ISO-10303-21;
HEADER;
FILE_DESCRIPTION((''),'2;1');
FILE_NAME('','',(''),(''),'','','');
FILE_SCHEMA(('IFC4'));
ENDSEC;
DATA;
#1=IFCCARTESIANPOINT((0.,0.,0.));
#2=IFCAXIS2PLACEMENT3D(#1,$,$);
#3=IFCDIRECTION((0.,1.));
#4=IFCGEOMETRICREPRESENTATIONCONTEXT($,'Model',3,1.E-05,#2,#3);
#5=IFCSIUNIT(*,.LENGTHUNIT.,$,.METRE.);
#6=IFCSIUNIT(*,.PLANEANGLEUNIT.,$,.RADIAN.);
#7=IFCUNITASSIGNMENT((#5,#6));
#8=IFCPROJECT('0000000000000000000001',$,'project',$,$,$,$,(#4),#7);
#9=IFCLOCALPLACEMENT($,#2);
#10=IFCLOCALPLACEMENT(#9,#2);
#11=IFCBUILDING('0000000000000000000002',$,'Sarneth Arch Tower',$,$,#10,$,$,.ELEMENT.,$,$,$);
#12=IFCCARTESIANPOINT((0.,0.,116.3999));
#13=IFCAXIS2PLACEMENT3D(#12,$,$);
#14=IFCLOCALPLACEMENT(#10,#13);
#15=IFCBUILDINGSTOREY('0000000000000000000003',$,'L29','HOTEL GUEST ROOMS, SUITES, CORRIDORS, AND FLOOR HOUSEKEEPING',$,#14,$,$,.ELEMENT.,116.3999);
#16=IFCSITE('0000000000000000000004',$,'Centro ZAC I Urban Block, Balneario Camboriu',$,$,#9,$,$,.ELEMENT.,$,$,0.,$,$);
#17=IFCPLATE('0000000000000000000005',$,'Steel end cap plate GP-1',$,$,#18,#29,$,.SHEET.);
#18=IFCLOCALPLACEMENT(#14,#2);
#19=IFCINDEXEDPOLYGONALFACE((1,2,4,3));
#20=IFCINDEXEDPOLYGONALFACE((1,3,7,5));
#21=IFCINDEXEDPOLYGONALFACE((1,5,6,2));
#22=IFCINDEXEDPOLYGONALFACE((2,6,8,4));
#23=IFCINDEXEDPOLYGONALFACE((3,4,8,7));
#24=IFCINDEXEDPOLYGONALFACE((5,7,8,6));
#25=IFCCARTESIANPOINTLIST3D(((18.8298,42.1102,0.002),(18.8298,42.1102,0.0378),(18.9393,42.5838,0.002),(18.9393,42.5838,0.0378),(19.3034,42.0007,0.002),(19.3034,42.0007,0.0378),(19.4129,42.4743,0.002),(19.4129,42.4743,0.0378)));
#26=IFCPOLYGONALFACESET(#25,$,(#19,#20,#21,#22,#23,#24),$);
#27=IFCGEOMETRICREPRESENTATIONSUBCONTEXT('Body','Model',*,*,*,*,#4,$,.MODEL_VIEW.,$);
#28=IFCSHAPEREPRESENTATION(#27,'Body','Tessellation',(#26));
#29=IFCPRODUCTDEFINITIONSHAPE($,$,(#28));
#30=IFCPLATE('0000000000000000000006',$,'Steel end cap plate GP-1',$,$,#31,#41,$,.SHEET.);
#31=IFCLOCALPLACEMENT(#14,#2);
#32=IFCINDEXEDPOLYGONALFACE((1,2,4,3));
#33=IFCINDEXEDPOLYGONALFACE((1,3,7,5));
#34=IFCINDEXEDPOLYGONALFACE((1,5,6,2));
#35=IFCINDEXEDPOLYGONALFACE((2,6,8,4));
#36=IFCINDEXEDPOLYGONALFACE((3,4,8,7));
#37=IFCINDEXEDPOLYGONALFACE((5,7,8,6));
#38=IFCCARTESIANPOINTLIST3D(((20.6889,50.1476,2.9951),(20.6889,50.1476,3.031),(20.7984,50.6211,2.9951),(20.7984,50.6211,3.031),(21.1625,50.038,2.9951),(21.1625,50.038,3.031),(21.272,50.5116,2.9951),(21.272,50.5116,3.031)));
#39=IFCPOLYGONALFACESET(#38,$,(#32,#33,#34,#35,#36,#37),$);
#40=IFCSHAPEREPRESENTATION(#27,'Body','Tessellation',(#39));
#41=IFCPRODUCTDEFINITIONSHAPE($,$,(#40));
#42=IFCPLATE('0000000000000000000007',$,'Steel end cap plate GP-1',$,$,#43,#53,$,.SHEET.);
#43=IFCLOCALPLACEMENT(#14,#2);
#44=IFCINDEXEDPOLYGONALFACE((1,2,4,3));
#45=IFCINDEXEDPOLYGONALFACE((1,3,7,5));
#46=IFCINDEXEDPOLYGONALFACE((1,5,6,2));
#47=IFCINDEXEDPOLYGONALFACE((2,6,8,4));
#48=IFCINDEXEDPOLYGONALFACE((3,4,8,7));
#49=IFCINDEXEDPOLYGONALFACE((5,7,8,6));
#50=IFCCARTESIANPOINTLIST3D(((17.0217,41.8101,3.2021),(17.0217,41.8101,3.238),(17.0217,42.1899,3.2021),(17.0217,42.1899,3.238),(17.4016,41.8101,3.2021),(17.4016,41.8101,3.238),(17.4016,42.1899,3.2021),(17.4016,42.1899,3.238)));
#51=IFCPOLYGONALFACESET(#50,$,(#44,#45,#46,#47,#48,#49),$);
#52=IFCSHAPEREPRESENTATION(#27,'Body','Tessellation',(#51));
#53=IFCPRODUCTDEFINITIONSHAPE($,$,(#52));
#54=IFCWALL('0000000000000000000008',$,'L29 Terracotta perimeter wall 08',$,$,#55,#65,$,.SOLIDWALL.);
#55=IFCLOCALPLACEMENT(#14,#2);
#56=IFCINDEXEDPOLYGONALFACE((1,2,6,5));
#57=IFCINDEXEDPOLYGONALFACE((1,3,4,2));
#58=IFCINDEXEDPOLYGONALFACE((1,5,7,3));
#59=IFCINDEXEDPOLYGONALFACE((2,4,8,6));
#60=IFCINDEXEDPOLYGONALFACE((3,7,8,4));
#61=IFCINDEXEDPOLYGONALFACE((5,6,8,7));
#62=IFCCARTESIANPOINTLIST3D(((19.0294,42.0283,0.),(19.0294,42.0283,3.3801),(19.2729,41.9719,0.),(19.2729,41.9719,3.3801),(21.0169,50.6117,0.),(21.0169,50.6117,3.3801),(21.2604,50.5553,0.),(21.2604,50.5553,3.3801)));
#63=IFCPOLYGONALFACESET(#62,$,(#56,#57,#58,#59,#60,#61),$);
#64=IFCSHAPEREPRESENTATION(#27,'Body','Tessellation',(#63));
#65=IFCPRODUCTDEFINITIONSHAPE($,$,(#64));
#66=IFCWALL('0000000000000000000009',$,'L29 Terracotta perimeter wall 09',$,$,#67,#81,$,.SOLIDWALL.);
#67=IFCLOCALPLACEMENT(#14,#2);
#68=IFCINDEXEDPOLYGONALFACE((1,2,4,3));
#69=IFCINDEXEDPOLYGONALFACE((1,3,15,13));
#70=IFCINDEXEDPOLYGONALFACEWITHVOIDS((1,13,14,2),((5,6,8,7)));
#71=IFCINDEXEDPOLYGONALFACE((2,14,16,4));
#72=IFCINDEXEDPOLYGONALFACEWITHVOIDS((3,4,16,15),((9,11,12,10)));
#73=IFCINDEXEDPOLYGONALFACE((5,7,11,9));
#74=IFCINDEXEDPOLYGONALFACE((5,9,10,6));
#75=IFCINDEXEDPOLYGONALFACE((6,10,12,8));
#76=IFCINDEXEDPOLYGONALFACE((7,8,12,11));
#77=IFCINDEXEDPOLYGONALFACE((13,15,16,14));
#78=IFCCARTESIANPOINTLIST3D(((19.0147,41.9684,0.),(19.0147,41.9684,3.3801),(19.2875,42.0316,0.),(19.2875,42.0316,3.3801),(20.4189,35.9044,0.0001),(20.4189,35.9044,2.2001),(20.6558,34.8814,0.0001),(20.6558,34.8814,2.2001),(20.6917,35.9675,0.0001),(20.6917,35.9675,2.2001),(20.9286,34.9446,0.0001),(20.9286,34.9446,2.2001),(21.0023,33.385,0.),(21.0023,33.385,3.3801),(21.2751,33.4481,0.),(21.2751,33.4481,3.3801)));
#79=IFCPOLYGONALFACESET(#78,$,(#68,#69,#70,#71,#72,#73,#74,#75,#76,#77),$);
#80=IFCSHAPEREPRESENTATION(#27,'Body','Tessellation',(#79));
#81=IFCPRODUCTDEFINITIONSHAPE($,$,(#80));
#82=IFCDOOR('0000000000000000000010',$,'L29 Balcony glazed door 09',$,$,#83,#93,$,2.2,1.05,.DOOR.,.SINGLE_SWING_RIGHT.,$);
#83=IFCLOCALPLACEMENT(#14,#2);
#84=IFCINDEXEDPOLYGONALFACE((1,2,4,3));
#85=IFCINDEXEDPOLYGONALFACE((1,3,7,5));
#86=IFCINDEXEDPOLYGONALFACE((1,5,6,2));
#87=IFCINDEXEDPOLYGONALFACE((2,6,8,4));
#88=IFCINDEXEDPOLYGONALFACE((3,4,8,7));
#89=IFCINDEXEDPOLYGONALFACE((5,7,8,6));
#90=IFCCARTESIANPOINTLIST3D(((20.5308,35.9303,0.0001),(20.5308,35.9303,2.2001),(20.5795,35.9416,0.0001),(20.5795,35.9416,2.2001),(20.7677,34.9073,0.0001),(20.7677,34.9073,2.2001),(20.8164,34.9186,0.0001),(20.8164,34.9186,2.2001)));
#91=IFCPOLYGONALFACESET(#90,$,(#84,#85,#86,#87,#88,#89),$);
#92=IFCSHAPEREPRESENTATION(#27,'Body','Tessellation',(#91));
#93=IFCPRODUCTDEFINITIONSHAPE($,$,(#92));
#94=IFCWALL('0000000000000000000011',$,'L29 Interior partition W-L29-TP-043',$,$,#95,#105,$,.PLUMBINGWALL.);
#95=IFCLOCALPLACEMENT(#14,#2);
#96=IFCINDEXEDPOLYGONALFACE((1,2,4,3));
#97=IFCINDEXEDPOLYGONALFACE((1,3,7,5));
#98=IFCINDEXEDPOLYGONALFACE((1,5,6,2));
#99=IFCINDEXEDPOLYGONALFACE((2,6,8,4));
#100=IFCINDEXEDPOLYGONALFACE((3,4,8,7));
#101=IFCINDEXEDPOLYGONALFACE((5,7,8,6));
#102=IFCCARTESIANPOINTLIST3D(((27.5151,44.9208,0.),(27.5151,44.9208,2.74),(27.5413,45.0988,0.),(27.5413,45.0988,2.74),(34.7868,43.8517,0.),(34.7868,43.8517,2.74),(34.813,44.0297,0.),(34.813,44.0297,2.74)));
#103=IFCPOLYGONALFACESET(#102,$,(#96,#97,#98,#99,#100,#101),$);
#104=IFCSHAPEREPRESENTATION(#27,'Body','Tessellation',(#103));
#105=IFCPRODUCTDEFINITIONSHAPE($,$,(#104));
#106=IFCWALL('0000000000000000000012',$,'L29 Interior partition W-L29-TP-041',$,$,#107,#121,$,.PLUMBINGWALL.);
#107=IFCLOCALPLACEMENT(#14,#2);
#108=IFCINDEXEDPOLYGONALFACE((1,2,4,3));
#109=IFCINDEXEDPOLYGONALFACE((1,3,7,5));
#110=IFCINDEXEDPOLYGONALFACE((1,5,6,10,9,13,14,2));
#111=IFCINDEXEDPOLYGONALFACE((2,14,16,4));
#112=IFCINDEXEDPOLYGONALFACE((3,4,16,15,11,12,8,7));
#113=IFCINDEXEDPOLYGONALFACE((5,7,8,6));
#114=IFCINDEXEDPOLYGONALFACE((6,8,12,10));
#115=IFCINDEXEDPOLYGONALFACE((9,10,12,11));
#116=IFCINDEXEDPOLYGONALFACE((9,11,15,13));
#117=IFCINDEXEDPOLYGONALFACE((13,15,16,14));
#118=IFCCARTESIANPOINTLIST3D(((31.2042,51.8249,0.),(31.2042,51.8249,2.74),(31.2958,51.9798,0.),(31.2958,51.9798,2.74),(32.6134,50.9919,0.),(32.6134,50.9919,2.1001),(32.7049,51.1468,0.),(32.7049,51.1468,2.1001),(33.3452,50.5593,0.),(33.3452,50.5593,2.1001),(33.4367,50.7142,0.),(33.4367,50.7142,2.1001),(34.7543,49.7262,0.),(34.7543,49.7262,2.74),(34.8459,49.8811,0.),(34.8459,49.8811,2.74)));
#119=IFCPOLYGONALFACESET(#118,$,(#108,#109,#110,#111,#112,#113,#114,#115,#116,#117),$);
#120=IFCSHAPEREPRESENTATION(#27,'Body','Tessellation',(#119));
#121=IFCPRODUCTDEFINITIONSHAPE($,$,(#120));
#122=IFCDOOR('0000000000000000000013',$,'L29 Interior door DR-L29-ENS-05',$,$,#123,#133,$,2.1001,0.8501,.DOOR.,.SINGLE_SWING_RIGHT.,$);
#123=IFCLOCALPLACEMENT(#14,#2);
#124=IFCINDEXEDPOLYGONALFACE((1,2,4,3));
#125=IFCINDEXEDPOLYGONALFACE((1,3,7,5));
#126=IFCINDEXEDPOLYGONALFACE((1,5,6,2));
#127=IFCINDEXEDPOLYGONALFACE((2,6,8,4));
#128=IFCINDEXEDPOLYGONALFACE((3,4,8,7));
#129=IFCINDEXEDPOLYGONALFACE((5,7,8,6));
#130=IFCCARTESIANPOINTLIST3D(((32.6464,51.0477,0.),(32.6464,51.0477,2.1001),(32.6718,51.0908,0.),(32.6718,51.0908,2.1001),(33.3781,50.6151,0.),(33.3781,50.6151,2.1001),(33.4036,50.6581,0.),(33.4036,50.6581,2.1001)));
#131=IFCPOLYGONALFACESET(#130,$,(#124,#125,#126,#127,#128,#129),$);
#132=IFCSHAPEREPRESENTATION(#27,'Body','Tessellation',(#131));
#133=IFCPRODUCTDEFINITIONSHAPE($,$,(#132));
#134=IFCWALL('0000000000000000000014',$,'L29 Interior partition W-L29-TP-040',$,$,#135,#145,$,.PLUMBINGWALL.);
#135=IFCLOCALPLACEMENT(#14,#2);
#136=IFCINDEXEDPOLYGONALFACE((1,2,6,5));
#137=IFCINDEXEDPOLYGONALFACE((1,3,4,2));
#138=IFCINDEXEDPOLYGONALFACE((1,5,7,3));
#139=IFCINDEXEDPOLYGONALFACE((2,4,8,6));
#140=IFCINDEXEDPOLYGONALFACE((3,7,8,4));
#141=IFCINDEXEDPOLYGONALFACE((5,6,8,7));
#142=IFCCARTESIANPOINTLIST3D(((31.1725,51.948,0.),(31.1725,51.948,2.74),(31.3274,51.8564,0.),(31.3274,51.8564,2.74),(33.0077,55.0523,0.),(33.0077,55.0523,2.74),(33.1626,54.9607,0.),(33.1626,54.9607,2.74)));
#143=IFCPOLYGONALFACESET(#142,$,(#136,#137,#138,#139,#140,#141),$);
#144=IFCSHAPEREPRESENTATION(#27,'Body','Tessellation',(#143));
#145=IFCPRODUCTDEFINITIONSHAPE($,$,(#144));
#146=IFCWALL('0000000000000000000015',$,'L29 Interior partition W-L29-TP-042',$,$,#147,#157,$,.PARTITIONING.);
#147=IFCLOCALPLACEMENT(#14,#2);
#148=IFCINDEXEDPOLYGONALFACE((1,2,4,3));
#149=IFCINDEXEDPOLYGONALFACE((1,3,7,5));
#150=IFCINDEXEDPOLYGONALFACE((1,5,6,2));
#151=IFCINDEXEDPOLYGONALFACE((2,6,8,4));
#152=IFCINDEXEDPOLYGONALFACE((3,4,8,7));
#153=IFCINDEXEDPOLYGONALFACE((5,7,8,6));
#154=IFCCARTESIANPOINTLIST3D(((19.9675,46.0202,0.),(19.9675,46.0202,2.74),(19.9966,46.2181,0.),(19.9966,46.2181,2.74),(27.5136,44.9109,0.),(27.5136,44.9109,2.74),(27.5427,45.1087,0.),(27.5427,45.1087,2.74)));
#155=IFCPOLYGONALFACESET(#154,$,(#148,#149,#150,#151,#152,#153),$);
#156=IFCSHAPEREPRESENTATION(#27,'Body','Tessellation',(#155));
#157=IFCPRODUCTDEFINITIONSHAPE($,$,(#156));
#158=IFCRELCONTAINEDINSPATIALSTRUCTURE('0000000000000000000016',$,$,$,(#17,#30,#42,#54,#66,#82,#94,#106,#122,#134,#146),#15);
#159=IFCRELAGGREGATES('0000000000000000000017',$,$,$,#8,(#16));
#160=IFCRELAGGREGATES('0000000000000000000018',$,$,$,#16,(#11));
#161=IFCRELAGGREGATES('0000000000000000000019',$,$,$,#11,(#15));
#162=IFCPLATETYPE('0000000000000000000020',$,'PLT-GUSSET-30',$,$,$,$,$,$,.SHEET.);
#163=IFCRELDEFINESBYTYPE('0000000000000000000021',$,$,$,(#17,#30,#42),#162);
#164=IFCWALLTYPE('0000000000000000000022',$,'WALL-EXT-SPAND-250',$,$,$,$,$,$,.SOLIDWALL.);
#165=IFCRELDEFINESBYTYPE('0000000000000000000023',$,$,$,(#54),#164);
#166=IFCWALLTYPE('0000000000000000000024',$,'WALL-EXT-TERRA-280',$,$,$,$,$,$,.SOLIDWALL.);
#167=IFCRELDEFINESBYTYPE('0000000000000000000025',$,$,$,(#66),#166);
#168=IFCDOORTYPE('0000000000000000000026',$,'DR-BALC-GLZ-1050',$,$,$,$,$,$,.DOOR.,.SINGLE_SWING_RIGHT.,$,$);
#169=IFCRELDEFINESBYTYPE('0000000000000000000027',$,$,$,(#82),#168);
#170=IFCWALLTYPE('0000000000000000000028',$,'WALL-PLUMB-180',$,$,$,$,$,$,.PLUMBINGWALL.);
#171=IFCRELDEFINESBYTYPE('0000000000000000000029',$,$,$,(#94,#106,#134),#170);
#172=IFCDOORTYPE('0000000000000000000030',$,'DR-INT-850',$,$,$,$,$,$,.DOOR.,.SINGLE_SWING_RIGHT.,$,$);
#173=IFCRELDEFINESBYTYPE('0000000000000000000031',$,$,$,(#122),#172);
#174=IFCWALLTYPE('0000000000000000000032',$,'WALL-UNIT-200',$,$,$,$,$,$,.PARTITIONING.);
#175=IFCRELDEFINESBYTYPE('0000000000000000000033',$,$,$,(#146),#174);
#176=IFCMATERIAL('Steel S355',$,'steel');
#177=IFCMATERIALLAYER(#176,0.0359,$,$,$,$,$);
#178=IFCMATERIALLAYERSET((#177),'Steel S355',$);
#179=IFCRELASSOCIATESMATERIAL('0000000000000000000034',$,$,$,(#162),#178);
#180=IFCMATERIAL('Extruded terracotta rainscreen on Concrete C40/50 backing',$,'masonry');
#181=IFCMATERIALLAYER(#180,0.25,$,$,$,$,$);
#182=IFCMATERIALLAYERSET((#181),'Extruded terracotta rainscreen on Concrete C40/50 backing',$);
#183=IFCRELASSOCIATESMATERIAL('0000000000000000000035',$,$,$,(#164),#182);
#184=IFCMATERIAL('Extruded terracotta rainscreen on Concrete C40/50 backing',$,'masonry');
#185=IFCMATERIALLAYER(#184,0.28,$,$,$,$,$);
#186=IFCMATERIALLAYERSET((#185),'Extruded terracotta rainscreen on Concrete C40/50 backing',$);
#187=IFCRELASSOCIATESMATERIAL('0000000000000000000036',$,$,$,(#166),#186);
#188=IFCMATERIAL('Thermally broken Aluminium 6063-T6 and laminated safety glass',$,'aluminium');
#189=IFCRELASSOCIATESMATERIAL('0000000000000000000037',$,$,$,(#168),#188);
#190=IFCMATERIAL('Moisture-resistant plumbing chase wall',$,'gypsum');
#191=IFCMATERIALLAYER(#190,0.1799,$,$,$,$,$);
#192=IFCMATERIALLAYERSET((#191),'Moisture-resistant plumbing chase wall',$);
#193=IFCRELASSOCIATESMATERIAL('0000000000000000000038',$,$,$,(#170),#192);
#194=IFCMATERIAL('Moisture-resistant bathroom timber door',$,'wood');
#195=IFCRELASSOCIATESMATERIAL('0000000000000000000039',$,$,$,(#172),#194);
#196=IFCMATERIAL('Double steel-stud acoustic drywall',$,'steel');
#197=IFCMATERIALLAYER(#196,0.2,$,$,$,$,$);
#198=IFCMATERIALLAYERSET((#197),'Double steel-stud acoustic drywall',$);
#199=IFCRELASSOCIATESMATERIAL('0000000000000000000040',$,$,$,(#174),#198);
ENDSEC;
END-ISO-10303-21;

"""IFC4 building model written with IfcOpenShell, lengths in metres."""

from ifc_helpers import new_model, si_unit, direction, frame, frame_2d, origin, origin_2d, place, context, subcontext, project, spatial, rectangle, extrude, material, layer, layer_set, type_object, element, fill, save


model = new_model("IFC4")

# Units and contexts
model_context = context("Model", 3, precision=1e-05, world=origin(), true_north=direction((0.0, 1.0)))
body_context = subcontext(model_context, "Body", "Model", "MODEL_VIEW")
ifc_project = project(units=[si_unit("LENGTHUNIT", "METRE"), si_unit("PLANEANGLEUNIT", "RADIAN")], contexts=[model_context])

# Site, building, storey
site_placement = place(None, origin())
site = spatial("IfcSite", under=ifc_project, at=site_placement, Name="Centro ZAC I Urban Block, Balneario Camboriu", CompositionType="ELEMENT", RefElevation=0.0)
building_placement = place(site_placement, origin())
building = spatial("IfcBuilding", under=site, at=building_placement, Name="Sarneth Arch Tower", CompositionType="ELEMENT")
storey_placement = place(building_placement, frame((0.0, 0.0, 116.3999)))
storey = spatial("IfcBuildingStorey", under=building, at=storey_placement, Name="L29", Description="HOTEL GUEST ROOMS, SUITES, CORRIDORS, AND FLOOR HOUSEKEEPING", CompositionType="ELEMENT", Elevation=116.3999)

# Plates
ifc_material_1 = material(Name="Steel S355", Category="steel")
ifc_layer_1 = layer(ifc_material_1, 0.0359)
ifc_layer_set_1 = layer_set([ifc_layer_1], Name="Steel S355")
plate_type = type_object("IfcPlateType", Name="PLT-GUSSET-30", PredefinedType="SHEET", material=ifc_layer_set_1)
for number, where, z_axis, x_axis, name in (
    (1, (19.1213, 42.2922, 0.002), (0.0, 0.0, 1.0), (-0.225291, -0.974291, 0.0), "Steel end cap plate GP-1"),
    (2, (20.9805, 50.3296, 2.9951), (0.0, 0.0, 1.0), (-0.225291, -0.974291, 0.0), "Steel end cap plate GP-1"),
):
    element("IfcPlate", number, at=place(storey_placement, frame(where, z_axis=z_axis, x_axis=x_axis)), inside=storey, type_object=plate_type, Name=name, PredefinedType="SHEET", context=body_context, shape_type="SweptSolid", body=[
        extrude(rectangle(XDim=0.4861, YDim=0.4861, at=origin_2d()), origin(), (0.0, 0.0, 1.0), 0.0359),
    ])
plate_placement = place(storey_placement, frame((17.2117, 42.0, 3.2021), z_axis=(0.0, 0.0, 1.0), x_axis=(-1.0, 0.0, 0.0)))
element("IfcPlate", 3, at=plate_placement, inside=storey, type_object=plate_type, Name="Steel end cap plate GP-1", PredefinedType="SHEET", context=body_context, shape_type="SweptSolid", body=[
    extrude(rectangle(XDim=0.3799, YDim=0.3799, at=origin_2d()), origin(), (0.0, 0.0, 1.0), 0.0359),
])

# Wall
ifc_material_2 = material(Name="Extruded terracotta rainscreen on Concrete C40/50 backing", Category="masonry")
ifc_layer_2 = layer(ifc_material_2, 0.25)
ifc_layer_set_2 = layer_set([ifc_layer_2], Name="Extruded terracotta rainscreen on Concrete C40/50 backing")
wall_type_1 = type_object("IfcWallType", Name="WALL-EXT-SPAND-250", PredefinedType="SOLIDWALL", material=ifc_layer_set_2)
wall_1_placement = place(storey_placement, frame((21.1387, 50.5835, 0.0), z_axis=(0.0, 0.0, 1.0), x_axis=(-0.225586, -0.974223, 0.0)))
element("IfcWall", 4, at=wall_1_placement, inside=storey, type_object=wall_type_1, Name="L29 Terracotta perimeter wall 08", PredefinedType="SOLIDWALL", context=body_context, shape_type="SweptSolid", body=[
    extrude(rectangle(XDim=8.8105, YDim=0.25, at=frame_2d((4.4053, 0.0))), origin(), (0.0, 0.0, 1.0), 3.3801),
])

# Wall, opening, door
ifc_material_3 = material(Name="Extruded terracotta rainscreen on Concrete C40/50 backing", Category="masonry")
ifc_layer_3 = layer(ifc_material_3, 0.28)
ifc_layer_set_3 = layer_set([ifc_layer_3], Name="Extruded terracotta rainscreen on Concrete C40/50 backing")
wall_type_2 = type_object("IfcWallType", Name="WALL-EXT-TERRA-280", PredefinedType="SOLIDWALL", material=ifc_layer_set_3)
wall_2_placement = place(storey_placement, frame((19.1511, 42.0, 0.0), z_axis=(0.0, 0.0, 1.0), x_axis=(0.225586, -0.974223, 0.0)))
wall_2 = element("IfcWall", 5, at=wall_2_placement, inside=storey, type_object=wall_type_2, Name="L29 Terracotta perimeter wall 09", PredefinedType="SOLIDWALL", context=body_context, shape_type="SweptSolid", body=[
    extrude(rectangle(XDim=8.8105, YDim=0.28, at=frame_2d((4.4053, 0.0))), origin(), (0.0, 0.0, 1.0), 3.3801),
])
opening_1_placement = place(wall_2_placement, frame((6.2246, 0.0, 0.0)))
opening_1 = element("IfcOpeningElement", 6, at=opening_1_placement, cuts=wall_2, PredefinedType="OPENING", context=body_context, shape_type="SweptSolid", body=[
    extrude(rectangle(XDim=1.05, YDim=2.2, at=frame_2d((0.5249, 1.1001))), frame((0.0, 0.1499, 0.0), z_axis=(0.0, -1.0, 0.0), x_axis=(1.0, 0.0, 0.0)), (0.0, 0.0, 1.0), 0.3),
])
ifc_material_4 = material(Name="Thermally broken Aluminium 6063-T6 and laminated safety glass", Category="aluminium")
door_type_1 = type_object("IfcDoorType", Name="DR-BALC-GLZ-1050", OperationType="SINGLE_SWING_RIGHT", PredefinedType="DOOR", material=ifc_material_4)
door_1_placement = place(opening_1_placement, origin())
door_1 = element("IfcDoor", 7, at=door_1_placement, inside=storey, type_object=door_type_1, Name="L29 Balcony glazed door 09", OperationType="SINGLE_SWING_RIGHT", OverallHeight=2.2, OverallWidth=1.05, PredefinedType="DOOR", context=body_context, shape_type="SweptSolid", body=[
    extrude(rectangle(XDim=1.05, YDim=2.2, at=frame_2d((0.5249, 1.1001))), frame((0.0, 0.0249, 0.0), z_axis=(0.0, -1.0, 0.0), x_axis=(1.0, 0.0, 0.0)), (0.0, 0.0, 1.0), 0.05),
])
fill(opening_1, door_1)

# Wall
ifc_material_5 = material(Name="Moisture-resistant plumbing chase wall", Category="gypsum")
ifc_layer_4 = layer(ifc_material_5, 0.1799)
ifc_layer_set_4 = layer_set([ifc_layer_4], Name="Moisture-resistant plumbing chase wall")
wall_type_3 = type_object("IfcWallType", Name="WALL-PLUMB-180", PredefinedType="PLUMBINGWALL", material=ifc_layer_set_4)
wall_3_placement = place(storey_placement, frame((27.5283, 45.0098, 0.0), z_axis=(0.0, 0.0, 1.0), x_axis=(0.989365, -0.145457, 0.0)))
element("IfcWall", 8, at=wall_3_placement, inside=storey, type_object=wall_type_3, Name="L29 Interior partition W-L29-TP-043", PredefinedType="PLUMBINGWALL", context=body_context, shape_type="SweptSolid", body=[
    extrude(rectangle(XDim=7.3499, YDim=0.1799, at=frame_2d((3.6748, 0.0))), origin(), (0.0, 0.0, 1.0), 2.74),
])

# Wall, opening, door
wall_4_placement = place(storey_placement, frame((31.25, 51.9023, 0.0), z_axis=(0.0, 0.0, 1.0), x_axis=(0.860833, -0.508887, 0.0)))
wall_4 = element("IfcWall", 9, at=wall_4_placement, inside=storey, type_object=wall_type_3, Name="L29 Interior partition W-L29-TP-041", PredefinedType="PLUMBINGWALL", context=body_context, shape_type="SweptSolid", body=[
    extrude(rectangle(XDim=4.124, YDim=0.1799, at=frame_2d((2.062, 0.0))), origin(), (0.0, 0.0, 1.0), 2.74),
])
opening_2_placement = place(wall_4_placement, frame((1.637, 0.0, 0.0)))
opening_2 = element("IfcOpeningElement", 10, at=opening_2_placement, cuts=wall_4, PredefinedType="OPENING", context=body_context, shape_type="SweptSolid", body=[
    extrude(rectangle(XDim=0.8501, YDim=2.1001, at=frame_2d((0.425, 1.05))), frame((0.0, 0.0999, 0.0), z_axis=(0.0, -1.0, 0.0), x_axis=(1.0, 0.0, 0.0)), (0.0, 0.0, 1.0), 0.2),
])
ifc_material_6 = material(Name="Moisture-resistant bathroom timber door", Category="wood")
door_type_2 = type_object("IfcDoorType", Name="DR-INT-850", OperationType="SINGLE_SWING_RIGHT", PredefinedType="DOOR", material=ifc_material_6)
door_2_placement = place(opening_2_placement, origin())
door_2 = element("IfcDoor", 11, at=door_2_placement, inside=storey, type_object=door_type_2, Name="L29 Interior door DR-L29-ENS-05", OperationType="SINGLE_SWING_RIGHT", OverallHeight=2.1001, OverallWidth=0.8501, PredefinedType="DOOR", context=body_context, shape_type="SweptSolid", body=[
    extrude(rectangle(XDim=0.8501, YDim=2.1001, at=frame_2d((0.425, 1.05))), frame((0.0, 0.0249, 0.0), z_axis=(0.0, -1.0, 0.0), x_axis=(1.0, 0.0, 0.0)), (0.0, 0.0, 1.0), 0.05),
])
fill(opening_2, door_2)

# Walls
wall_5_placement = place(storey_placement, frame((33.0852, 55.0066, 0.0), z_axis=(0.0, 0.0, 1.0), x_axis=(-0.508909, -0.86082, 0.0)))
element("IfcWall", 12, at=wall_5_placement, inside=storey, type_object=wall_type_3, Name="L29 Interior partition W-L29-TP-040", PredefinedType="PLUMBINGWALL", context=body_context, shape_type="SweptSolid", body=[
    extrude(rectangle(XDim=3.6062, YDim=0.1799, at=frame_2d((1.8032, 0.0))), origin(), (0.0, 0.0, 1.0), 2.74),
])
ifc_material_7 = material(Name="Double steel-stud acoustic drywall", Category="steel")
ifc_layer_5 = layer(ifc_material_7, 0.2)
ifc_layer_set_5 = layer_set([ifc_layer_5], Name="Double steel-stud acoustic drywall")
wall_type_4 = type_object("IfcWallType", Name="WALL-UNIT-200", PredefinedType="PARTITIONING", material=ifc_layer_set_5)
wall_6_placement = place(storey_placement, frame((19.9822, 46.1191, 0.0), z_axis=(0.0, 0.0, 1.0), x_axis=(0.989366, -0.145449, 0.0)))
element("IfcWall", 13, at=wall_6_placement, inside=storey, type_object=wall_type_4, Name="L29 Interior partition W-L29-TP-042", PredefinedType="PARTITIONING", context=body_context, shape_type="SweptSolid", body=[
    extrude(rectangle(XDim=7.6272, YDim=0.2, at=frame_2d((3.8135, 0.0))), origin(), (0.0, 0.0, 1.0), 2.74),
])

save(model, "model.ifc")
